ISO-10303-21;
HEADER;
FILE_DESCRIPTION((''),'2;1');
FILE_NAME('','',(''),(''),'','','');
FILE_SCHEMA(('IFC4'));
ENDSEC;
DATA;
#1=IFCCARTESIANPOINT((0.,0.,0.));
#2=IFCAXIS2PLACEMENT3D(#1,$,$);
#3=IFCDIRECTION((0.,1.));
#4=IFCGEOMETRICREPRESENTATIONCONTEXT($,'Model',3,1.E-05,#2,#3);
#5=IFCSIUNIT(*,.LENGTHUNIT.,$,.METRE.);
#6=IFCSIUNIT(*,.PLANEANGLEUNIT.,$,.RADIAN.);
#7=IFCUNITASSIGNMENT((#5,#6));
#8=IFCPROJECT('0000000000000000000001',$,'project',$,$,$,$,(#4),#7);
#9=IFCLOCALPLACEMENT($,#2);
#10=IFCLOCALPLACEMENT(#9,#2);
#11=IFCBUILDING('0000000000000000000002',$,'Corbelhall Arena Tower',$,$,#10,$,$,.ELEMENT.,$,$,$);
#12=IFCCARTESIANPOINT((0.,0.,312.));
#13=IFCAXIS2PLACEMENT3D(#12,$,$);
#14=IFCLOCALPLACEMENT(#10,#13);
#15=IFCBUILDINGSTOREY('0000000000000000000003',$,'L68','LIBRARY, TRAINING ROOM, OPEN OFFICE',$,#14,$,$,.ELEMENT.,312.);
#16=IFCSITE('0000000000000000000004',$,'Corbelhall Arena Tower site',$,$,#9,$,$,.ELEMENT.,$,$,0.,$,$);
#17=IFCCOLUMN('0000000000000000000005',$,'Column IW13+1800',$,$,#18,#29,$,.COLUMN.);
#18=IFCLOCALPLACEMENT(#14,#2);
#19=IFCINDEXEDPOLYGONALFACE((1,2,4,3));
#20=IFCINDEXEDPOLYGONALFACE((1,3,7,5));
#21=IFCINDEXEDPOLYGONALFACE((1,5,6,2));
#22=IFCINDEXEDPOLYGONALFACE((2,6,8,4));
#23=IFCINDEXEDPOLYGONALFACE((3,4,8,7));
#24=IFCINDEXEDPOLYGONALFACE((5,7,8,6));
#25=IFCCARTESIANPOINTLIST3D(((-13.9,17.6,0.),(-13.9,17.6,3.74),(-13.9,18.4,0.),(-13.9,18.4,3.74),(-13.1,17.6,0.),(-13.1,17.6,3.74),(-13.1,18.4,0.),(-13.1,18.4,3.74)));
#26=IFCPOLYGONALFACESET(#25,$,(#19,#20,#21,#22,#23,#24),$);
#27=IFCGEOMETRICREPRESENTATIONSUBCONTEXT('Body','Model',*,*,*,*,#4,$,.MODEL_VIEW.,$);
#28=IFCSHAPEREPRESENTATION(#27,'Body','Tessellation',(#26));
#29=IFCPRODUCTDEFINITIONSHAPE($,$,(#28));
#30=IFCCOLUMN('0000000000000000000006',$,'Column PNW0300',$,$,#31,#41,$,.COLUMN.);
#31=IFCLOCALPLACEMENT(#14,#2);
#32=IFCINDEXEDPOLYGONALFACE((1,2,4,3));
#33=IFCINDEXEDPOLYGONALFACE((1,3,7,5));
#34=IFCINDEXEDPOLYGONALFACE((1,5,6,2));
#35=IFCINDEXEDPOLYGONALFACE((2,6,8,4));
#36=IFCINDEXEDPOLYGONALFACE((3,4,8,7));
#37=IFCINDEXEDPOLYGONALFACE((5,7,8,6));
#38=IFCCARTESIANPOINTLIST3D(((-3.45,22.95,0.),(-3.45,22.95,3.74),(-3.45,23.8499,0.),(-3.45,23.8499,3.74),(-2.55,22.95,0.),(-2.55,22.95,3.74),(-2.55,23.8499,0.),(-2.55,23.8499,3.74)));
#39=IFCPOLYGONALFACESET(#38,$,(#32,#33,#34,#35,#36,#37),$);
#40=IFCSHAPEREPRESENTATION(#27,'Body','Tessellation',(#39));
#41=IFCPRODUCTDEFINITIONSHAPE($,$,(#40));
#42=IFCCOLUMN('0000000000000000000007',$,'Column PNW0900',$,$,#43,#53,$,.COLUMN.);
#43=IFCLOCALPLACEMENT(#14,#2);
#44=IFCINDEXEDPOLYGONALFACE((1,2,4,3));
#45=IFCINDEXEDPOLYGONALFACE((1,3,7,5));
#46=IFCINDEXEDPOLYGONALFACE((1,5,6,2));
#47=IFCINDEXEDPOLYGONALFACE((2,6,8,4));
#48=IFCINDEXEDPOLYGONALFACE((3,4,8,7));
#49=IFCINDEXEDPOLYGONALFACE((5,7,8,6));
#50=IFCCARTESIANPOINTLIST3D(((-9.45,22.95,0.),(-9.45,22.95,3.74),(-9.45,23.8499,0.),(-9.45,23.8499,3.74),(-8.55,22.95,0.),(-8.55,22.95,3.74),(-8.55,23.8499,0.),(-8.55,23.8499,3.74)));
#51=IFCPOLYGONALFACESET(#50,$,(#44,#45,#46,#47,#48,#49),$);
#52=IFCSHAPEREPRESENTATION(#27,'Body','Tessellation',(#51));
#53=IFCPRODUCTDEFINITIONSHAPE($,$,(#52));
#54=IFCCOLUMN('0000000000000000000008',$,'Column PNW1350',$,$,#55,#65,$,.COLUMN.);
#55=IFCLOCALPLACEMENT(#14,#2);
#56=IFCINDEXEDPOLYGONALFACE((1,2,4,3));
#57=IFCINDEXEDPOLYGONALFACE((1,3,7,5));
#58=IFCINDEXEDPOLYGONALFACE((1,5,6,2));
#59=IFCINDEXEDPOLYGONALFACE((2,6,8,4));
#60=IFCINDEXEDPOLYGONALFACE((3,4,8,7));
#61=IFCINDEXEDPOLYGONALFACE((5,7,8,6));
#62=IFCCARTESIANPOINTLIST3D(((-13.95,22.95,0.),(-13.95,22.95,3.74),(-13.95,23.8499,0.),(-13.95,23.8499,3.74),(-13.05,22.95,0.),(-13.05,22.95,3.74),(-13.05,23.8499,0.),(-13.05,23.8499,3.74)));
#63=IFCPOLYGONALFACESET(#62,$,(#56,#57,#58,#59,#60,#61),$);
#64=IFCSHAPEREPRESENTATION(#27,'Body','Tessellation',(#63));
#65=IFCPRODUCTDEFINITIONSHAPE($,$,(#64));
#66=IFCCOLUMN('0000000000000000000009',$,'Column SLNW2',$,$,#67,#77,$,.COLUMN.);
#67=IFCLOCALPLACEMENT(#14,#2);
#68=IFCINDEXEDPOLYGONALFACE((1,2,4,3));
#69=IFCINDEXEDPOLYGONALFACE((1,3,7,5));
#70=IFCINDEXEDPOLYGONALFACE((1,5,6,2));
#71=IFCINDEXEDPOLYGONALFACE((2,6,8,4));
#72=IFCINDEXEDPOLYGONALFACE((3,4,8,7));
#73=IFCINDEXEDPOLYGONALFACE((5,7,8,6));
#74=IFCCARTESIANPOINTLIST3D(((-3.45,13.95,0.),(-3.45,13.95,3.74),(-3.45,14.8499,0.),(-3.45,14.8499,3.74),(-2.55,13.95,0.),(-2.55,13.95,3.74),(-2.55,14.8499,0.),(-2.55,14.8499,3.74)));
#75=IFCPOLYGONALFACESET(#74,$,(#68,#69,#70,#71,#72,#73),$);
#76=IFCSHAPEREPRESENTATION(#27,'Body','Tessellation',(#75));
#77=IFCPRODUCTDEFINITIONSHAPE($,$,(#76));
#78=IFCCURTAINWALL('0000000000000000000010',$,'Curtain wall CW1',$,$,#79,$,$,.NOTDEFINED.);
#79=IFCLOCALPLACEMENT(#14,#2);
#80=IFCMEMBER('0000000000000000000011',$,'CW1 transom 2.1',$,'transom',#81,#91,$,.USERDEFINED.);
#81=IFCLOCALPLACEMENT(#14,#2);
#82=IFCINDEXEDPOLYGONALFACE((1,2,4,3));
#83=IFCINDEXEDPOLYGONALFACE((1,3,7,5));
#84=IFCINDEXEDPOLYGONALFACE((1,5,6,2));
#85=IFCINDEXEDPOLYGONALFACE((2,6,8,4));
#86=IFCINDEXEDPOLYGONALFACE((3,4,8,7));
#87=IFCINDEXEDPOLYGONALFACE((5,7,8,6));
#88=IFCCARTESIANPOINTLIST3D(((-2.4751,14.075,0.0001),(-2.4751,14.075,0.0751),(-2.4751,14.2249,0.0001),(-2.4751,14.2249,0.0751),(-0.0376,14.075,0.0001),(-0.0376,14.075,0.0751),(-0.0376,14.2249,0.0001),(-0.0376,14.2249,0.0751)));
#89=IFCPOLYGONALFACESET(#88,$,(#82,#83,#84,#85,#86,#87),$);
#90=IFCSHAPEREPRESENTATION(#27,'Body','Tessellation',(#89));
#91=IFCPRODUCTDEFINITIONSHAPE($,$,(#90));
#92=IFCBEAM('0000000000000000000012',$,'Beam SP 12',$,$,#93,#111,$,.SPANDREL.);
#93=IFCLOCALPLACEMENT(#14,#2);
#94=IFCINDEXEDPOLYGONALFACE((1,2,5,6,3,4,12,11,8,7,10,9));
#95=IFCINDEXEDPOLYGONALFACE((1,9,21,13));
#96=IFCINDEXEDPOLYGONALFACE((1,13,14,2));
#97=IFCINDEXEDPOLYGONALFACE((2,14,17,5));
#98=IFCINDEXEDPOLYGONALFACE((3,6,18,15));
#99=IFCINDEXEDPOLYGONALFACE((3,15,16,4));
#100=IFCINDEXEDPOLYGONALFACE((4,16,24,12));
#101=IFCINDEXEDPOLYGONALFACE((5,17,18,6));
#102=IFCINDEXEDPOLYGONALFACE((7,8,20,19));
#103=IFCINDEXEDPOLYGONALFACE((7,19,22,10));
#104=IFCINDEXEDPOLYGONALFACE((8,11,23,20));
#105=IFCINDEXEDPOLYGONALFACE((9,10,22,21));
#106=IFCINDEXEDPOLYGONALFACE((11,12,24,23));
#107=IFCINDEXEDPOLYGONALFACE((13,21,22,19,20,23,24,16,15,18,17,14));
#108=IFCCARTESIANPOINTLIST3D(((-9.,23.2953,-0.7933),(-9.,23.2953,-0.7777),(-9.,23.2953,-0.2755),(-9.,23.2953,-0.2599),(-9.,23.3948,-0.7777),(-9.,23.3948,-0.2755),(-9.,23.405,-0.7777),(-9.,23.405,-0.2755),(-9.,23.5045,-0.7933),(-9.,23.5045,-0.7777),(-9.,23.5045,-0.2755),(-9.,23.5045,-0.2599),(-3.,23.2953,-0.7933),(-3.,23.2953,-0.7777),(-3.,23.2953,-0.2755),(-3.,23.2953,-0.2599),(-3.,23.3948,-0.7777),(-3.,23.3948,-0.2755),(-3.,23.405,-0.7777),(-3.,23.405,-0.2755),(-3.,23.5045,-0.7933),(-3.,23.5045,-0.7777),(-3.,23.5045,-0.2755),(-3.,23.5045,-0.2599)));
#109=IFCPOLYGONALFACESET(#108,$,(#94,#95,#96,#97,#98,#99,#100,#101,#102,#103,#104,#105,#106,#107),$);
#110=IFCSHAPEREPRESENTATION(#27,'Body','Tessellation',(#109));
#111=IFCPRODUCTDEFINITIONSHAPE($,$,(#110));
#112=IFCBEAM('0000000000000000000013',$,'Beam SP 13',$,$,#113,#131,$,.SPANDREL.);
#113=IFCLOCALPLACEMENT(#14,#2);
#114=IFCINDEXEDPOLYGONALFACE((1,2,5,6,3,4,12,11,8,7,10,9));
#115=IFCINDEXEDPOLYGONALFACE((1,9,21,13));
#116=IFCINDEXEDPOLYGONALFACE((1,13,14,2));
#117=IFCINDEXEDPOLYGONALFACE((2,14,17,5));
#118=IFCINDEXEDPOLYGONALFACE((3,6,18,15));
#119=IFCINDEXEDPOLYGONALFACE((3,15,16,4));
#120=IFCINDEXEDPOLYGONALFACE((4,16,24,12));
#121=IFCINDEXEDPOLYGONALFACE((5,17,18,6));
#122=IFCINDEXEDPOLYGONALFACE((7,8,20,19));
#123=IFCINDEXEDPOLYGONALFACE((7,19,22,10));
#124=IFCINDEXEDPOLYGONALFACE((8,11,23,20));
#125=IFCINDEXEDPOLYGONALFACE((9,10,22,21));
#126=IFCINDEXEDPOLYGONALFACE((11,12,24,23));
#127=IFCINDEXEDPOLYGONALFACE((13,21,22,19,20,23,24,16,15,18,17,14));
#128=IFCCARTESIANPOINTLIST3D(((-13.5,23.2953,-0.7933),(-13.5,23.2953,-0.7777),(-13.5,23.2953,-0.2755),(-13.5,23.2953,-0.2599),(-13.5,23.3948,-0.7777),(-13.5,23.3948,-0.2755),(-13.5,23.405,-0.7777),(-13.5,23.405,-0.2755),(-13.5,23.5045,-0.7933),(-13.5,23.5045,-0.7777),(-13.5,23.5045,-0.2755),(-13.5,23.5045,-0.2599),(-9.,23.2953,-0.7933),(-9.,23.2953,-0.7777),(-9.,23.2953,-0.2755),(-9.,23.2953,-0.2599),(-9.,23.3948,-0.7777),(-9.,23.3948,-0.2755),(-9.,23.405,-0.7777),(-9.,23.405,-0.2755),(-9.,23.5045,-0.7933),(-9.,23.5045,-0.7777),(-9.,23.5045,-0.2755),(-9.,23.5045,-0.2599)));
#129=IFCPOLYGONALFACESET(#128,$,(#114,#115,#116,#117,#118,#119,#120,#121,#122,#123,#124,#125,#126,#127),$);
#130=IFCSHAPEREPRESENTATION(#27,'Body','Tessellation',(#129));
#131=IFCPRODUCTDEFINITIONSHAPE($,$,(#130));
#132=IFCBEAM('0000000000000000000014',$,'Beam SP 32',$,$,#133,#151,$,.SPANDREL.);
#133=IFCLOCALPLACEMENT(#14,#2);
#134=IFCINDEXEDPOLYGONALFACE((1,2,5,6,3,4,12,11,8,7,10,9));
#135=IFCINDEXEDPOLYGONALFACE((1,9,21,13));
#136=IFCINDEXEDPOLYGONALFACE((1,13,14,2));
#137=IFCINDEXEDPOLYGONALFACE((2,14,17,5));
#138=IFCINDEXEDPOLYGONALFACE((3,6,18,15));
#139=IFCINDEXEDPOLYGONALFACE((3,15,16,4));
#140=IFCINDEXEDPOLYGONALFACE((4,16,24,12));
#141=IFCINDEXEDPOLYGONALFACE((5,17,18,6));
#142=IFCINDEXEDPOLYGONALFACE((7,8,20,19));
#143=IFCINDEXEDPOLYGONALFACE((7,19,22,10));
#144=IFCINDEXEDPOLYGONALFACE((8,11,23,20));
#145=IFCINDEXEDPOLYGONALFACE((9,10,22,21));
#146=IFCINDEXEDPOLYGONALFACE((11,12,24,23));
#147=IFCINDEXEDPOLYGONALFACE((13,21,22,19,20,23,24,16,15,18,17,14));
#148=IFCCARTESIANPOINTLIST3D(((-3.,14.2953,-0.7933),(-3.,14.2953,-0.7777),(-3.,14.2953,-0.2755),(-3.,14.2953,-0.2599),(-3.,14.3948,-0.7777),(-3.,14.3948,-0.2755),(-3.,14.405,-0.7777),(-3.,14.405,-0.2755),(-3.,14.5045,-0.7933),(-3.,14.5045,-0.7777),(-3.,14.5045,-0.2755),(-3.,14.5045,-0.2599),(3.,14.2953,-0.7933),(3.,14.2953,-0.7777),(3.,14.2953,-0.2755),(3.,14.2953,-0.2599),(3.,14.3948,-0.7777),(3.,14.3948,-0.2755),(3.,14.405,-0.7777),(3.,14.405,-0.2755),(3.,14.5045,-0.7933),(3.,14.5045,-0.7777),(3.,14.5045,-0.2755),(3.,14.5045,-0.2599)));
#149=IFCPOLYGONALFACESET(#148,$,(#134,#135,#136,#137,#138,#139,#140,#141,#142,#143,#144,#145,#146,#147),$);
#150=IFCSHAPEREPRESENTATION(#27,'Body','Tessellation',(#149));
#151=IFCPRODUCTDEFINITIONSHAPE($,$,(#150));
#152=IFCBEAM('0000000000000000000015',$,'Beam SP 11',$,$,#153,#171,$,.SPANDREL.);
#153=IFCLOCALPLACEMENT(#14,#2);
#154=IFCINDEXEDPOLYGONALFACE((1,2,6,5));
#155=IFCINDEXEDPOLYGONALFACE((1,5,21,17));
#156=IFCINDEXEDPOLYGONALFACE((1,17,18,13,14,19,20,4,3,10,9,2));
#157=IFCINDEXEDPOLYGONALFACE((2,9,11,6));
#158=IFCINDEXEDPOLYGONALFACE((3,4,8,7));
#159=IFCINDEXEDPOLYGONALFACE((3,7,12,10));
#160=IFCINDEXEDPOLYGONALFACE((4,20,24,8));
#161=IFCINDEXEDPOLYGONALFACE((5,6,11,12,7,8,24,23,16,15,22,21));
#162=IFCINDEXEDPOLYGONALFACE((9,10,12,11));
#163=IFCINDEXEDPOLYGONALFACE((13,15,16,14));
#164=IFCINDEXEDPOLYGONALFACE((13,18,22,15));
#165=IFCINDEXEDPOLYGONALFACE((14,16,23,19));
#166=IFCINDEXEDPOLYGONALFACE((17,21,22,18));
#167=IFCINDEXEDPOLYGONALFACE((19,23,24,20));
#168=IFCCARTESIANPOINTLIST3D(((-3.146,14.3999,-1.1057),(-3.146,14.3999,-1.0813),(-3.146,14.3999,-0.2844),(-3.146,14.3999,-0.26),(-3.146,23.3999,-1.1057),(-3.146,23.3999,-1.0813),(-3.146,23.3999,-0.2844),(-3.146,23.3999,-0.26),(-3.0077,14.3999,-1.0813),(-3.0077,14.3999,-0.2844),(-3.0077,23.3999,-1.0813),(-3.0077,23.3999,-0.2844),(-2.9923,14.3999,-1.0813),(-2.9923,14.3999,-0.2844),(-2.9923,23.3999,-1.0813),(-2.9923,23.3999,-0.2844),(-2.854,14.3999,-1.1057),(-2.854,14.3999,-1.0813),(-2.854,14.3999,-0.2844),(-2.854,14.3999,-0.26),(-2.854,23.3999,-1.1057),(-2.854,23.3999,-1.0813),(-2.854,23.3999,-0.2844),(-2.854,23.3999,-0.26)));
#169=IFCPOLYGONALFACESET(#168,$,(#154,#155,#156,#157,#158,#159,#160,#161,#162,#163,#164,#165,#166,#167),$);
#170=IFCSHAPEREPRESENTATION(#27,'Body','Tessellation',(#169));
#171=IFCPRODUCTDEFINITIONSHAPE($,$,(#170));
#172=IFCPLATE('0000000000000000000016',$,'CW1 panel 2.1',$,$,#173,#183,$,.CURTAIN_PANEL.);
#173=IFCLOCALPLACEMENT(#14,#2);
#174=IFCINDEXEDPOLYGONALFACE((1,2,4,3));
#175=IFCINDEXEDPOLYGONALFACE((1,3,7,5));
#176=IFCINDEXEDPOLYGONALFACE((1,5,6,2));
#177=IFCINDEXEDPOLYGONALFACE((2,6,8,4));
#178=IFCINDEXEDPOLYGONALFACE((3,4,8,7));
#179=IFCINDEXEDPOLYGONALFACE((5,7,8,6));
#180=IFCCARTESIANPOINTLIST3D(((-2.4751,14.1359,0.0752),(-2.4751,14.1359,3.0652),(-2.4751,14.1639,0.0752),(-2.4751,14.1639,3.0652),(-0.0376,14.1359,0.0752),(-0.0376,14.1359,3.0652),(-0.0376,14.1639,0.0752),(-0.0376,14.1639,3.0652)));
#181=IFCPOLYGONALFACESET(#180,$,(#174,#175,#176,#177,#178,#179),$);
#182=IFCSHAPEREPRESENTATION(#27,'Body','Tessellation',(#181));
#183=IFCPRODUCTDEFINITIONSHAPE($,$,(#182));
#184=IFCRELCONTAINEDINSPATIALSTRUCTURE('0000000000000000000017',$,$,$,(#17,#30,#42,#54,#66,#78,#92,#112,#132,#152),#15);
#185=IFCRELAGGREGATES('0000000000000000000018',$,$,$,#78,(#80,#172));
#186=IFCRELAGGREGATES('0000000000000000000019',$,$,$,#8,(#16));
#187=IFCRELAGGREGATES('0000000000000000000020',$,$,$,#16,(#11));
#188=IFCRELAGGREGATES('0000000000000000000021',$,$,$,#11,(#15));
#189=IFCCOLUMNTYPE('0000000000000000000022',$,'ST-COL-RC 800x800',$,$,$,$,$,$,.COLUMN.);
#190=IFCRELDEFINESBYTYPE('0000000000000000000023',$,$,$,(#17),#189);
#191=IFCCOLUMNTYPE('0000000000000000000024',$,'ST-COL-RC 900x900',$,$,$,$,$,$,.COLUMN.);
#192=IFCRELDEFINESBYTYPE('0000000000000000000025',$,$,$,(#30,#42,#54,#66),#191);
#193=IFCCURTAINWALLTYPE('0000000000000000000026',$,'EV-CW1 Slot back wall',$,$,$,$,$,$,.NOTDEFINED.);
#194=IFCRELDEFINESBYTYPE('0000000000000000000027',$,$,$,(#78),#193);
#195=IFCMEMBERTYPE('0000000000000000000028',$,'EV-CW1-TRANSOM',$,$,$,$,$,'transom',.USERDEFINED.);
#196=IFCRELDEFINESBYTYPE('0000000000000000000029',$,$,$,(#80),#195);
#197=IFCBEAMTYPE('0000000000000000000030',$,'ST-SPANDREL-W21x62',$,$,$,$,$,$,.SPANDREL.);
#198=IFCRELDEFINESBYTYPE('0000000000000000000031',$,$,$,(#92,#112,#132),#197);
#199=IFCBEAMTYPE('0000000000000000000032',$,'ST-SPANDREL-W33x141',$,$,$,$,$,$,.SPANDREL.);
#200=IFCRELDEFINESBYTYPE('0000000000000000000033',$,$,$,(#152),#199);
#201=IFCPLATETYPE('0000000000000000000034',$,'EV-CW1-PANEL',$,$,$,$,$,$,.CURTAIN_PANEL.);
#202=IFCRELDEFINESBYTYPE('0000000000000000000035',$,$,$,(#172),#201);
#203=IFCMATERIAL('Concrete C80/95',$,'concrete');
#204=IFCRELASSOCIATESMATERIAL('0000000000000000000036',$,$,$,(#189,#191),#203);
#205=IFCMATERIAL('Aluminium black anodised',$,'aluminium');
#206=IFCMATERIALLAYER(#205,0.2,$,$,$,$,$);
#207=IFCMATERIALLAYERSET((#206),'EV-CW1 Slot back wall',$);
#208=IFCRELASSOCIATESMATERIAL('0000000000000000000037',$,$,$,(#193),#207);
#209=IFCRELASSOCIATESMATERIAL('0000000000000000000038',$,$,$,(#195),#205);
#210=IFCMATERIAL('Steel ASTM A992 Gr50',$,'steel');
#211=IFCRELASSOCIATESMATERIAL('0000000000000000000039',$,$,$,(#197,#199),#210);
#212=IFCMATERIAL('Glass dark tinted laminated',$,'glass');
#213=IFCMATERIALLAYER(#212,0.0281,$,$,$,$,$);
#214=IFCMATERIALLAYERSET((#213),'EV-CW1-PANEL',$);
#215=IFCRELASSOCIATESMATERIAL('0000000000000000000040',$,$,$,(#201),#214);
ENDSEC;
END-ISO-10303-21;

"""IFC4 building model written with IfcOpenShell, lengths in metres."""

from ifc_helpers import new_model, si_unit, direction, frame, origin, origin_2d, place, context, subcontext, project, spatial, rectangle, i_section, extrude, material, layer, layer_set, material_profile, profile_set, type_object, element, aggregate, save


model = new_model("IFC4")

# Units and contexts
model_context = context("Model", 3, precision=1e-05, world=origin(), true_north=direction((0.0, 1.0)))
body_context = subcontext(model_context, "Body", "Model", "MODEL_VIEW")
ifc_project = project(units=[si_unit("LENGTHUNIT", "METRE"), si_unit("PLANEANGLEUNIT", "RADIAN")], contexts=[model_context])

# Site, building, storey
site_placement = place(None, origin())
site = spatial("IfcSite", under=ifc_project, at=site_placement, Name="Corbelhall Arena Tower site", CompositionType="ELEMENT", RefElevation=0.0)
building_placement = place(site_placement, origin())
building = spatial("IfcBuilding", under=site, at=building_placement, Name="Corbelhall Arena Tower", CompositionType="ELEMENT")
storey_placement = place(building_placement, frame((0.0, 0.0, 312.0)))
storey = spatial("IfcBuildingStorey", under=building, at=storey_placement, Name="L68", Description="LIBRARY, TRAINING ROOM, OPEN OFFICE", CompositionType="ELEMENT", Elevation=312.0)

# Columns
ifc_material_1 = material(Name="Concrete C80/95", Category="concrete")
ifc_material_profile_1 = material_profile(ifc_material_1, rectangle(XDim=0.8, YDim=0.8, at=origin_2d()))
ifc_profile_set_1 = profile_set([ifc_material_profile_1], Name="Concrete C80/95")
column_type_1 = type_object("IfcColumnType", Name="ST-COL-RC 800x800", PredefinedType="COLUMN", material=ifc_profile_set_1)
column_placement = place(storey_placement, frame((-13.5, 18.0, 0.0), z_axis=(0.0, 0.0, 1.0), x_axis=(1.0, 0.0, 0.0)))
element("IfcColumn", 1, at=column_placement, inside=storey, type_object=column_type_1, Name="Column IW13+1800", PredefinedType="COLUMN", context=body_context, shape_type="SweptSolid", body=[
    extrude(rectangle(XDim=0.8, YDim=0.8, at=origin_2d()), origin(), (0.0, 0.0, 1.0), 3.74),
])
ifc_material_profile_2 = material_profile(ifc_material_1, rectangle(XDim=0.8999, YDim=0.8999, at=origin_2d()))
ifc_profile_set_2 = profile_set([ifc_material_profile_2], Name="Concrete C80/95")
column_type_2 = type_object("IfcColumnType", Name="ST-COL-RC 900x900", PredefinedType="COLUMN", material=ifc_profile_set_2)
for number, where, z_axis, x_axis, name in (
    (2, (-3.0, 23.3999, 0.0), (0.0, 0.0, 1.0), (1.0, 0.0, 0.0), "Column PNW0300"),
    (3, (-9.0, 23.3999, 0.0), (0.0, 0.0, 1.0), (1.0, 0.0, 0.0), "Column PNW0900"),
    (4, (-13.5, 23.3999, 0.0), (0.0, 0.0, 1.0), (1.0, 0.0, 0.0), "Column PNW1350"),
    (5, (-3.0, 14.3999, 0.0), (0.0, 0.0, 1.0), (1.0, 0.0, 0.0), "Column SLNW2"),
):
    element("IfcColumn", number, at=place(storey_placement, frame(where, z_axis=z_axis, x_axis=x_axis)), inside=storey, type_object=column_type_2, Name=name, PredefinedType="COLUMN", context=body_context, shape_type="SweptSolid", body=[
        extrude(rectangle(XDim=0.8999, YDim=0.8999, at=origin_2d()), origin(), (0.0, 0.0, 1.0), 3.74),
    ])

# Curtain wall, member
ifc_material_2 = material(Name="Aluminium black anodised", Category="aluminium")
ifc_layer_1 = layer(ifc_material_2, 0.2)
ifc_layer_set_1 = layer_set([ifc_layer_1], Name="EV-CW1 Slot back wall")
curtain_wall_type = type_object("IfcCurtainWallType", Name="EV-CW1 Slot back wall", PredefinedType="NOTDEFINED", material=ifc_layer_set_1)
curtain_wall_placement = place(storey_placement, origin())
curtain_wall = element("IfcCurtainWall", 6, at=curtain_wall_placement, inside=storey, type_object=curtain_wall_type, Name="Curtain wall CW1", PredefinedType="NOTDEFINED")
ifc_material_profile_3 = material_profile(ifc_material_2, rectangle(XDim=0.1499, YDim=0.075, at=origin_2d()))
ifc_profile_set_3 = profile_set([ifc_material_profile_3], Name="Aluminium black anodised")
member_type = type_object("IfcMemberType", Name="EV-CW1-TRANSOM", ElementType="transom", PredefinedType="USERDEFINED", material=ifc_profile_set_3)
member_placement = place(storey_placement, frame((-0.0376, 14.1499, 0.0376), z_axis=(-1.0, 0.0, 0.0), x_axis=(0.0, -1.0, 0.0)))
member = element("IfcMember", 7, at=member_placement, type_object=member_type, Name="CW1 transom 2.1", ObjectType="transom", PredefinedType="USERDEFINED", context=body_context, shape_type="SweptSolid", body=[
    extrude(rectangle(XDim=0.1499, YDim=0.075, at=origin_2d()), origin(), (0.0, 0.0, 1.0), 2.4375),
])

# Beams
ifc_material_3 = material(Name="Steel ASTM A992 Gr50", Category="steel")
ifc_material_profile_4 = material_profile(ifc_material_3, i_section(OverallWidth=0.2092, OverallDepth=0.5334, WebThickness=0.0103, FlangeThickness=0.0156, at=origin_2d()))
ifc_profile_set_4 = profile_set([ifc_material_profile_4], Name="Steel ASTM A992 Gr50")
beam_type_1 = type_object("IfcBeamType", Name="ST-SPANDREL-W21x62", PredefinedType="SPANDREL", material=ifc_profile_set_4)
beam_1_placement = place(storey_placement, frame((-9.0, 23.3999, -0.5266), z_axis=(1.0, 0.0, 0.0), x_axis=(0.0, 1.0, 0.0)))
element("IfcBeam", 8, at=beam_1_placement, inside=storey, type_object=beam_type_1, Name="Beam SP 12", PredefinedType="SPANDREL", context=body_context, shape_type="SweptSolid", body=[
    extrude(i_section(OverallWidth=0.2092, OverallDepth=0.5334, WebThickness=0.0103, FlangeThickness=0.0156, at=origin_2d()), origin(), (0.0, 0.0, 1.0), 6.0),
])
beam_2_placement = place(storey_placement, frame((-13.5, 23.3999, -0.5266), z_axis=(1.0, 0.0, 0.0), x_axis=(0.0, 1.0, 0.0)))
element("IfcBeam", 9, at=beam_2_placement, inside=storey, type_object=beam_type_1, Name="Beam SP 13", PredefinedType="SPANDREL", context=body_context, shape_type="SweptSolid", body=[
    extrude(i_section(OverallWidth=0.2092, OverallDepth=0.5334, WebThickness=0.0103, FlangeThickness=0.0156, at=origin_2d()), origin(), (0.0, 0.0, 1.0), 4.5),
])
beam_3_placement = place(storey_placement, frame((-3.0, 14.3999, -0.5266), z_axis=(1.0, 0.0, 0.0), x_axis=(0.0, 1.0, 0.0)))
element("IfcBeam", 10, at=beam_3_placement, inside=storey, type_object=beam_type_1, Name="Beam SP 32", PredefinedType="SPANDREL", context=body_context, shape_type="SweptSolid", body=[
    extrude(i_section(OverallWidth=0.2092, OverallDepth=0.5334, WebThickness=0.0103, FlangeThickness=0.0156, at=origin_2d()), origin(), (0.0, 0.0, 1.0), 6.0),
])
ifc_material_profile_5 = material_profile(ifc_material_3, i_section(OverallWidth=0.292, OverallDepth=0.8457, WebThickness=0.0154, FlangeThickness=0.0244, at=origin_2d()))
ifc_profile_set_5 = profile_set([ifc_material_profile_5], Name="Steel ASTM A992 Gr50")
beam_type_2 = type_object("IfcBeamType", Name="ST-SPANDREL-W33x141", PredefinedType="SPANDREL", material=ifc_profile_set_5)
beam_4_placement = place(storey_placement, frame((-3.0, 23.3999, -0.6829), z_axis=(0.0, -1.0, 0.0), x_axis=(1.0, 0.0, 0.0)))
element("IfcBeam", 11, at=beam_4_placement, inside=storey, type_object=beam_type_2, Name="Beam SP 11", PredefinedType="SPANDREL", context=body_context, shape_type="SweptSolid", body=[
    extrude(i_section(OverallWidth=0.292, OverallDepth=0.8457, WebThickness=0.0154, FlangeThickness=0.0244, at=origin_2d()), origin(), (0.0, 0.0, 1.0), 9.0),
])

# Plate
ifc_material_4 = material(Name="Glass dark tinted laminated", Category="glass")
ifc_layer_2 = layer(ifc_material_4, 0.0281)
ifc_layer_set_2 = layer_set([ifc_layer_2], Name="EV-CW1-PANEL")
plate_type = type_object("IfcPlateType", Name="EV-CW1-PANEL", PredefinedType="CURTAIN_PANEL", material=ifc_layer_set_2)
plate_placement = place(storey_placement, frame((-1.2563, 14.1499, 0.0752), z_axis=(0.0, 0.0, 1.0), x_axis=(-1.0, 0.0, 0.0)))
plate = element("IfcPlate", 12, at=plate_placement, type_object=plate_type, Name="CW1 panel 2.1", PredefinedType="CURTAIN_PANEL", context=body_context, shape_type="SweptSolid", body=[
    extrude(rectangle(XDim=2.4375, YDim=0.0281, at=origin_2d()), origin(), (0.0, 0.0, 1.0), 2.99),
])
aggregate(curtain_wall, [member, plate])

save(model, "model.ifc")
